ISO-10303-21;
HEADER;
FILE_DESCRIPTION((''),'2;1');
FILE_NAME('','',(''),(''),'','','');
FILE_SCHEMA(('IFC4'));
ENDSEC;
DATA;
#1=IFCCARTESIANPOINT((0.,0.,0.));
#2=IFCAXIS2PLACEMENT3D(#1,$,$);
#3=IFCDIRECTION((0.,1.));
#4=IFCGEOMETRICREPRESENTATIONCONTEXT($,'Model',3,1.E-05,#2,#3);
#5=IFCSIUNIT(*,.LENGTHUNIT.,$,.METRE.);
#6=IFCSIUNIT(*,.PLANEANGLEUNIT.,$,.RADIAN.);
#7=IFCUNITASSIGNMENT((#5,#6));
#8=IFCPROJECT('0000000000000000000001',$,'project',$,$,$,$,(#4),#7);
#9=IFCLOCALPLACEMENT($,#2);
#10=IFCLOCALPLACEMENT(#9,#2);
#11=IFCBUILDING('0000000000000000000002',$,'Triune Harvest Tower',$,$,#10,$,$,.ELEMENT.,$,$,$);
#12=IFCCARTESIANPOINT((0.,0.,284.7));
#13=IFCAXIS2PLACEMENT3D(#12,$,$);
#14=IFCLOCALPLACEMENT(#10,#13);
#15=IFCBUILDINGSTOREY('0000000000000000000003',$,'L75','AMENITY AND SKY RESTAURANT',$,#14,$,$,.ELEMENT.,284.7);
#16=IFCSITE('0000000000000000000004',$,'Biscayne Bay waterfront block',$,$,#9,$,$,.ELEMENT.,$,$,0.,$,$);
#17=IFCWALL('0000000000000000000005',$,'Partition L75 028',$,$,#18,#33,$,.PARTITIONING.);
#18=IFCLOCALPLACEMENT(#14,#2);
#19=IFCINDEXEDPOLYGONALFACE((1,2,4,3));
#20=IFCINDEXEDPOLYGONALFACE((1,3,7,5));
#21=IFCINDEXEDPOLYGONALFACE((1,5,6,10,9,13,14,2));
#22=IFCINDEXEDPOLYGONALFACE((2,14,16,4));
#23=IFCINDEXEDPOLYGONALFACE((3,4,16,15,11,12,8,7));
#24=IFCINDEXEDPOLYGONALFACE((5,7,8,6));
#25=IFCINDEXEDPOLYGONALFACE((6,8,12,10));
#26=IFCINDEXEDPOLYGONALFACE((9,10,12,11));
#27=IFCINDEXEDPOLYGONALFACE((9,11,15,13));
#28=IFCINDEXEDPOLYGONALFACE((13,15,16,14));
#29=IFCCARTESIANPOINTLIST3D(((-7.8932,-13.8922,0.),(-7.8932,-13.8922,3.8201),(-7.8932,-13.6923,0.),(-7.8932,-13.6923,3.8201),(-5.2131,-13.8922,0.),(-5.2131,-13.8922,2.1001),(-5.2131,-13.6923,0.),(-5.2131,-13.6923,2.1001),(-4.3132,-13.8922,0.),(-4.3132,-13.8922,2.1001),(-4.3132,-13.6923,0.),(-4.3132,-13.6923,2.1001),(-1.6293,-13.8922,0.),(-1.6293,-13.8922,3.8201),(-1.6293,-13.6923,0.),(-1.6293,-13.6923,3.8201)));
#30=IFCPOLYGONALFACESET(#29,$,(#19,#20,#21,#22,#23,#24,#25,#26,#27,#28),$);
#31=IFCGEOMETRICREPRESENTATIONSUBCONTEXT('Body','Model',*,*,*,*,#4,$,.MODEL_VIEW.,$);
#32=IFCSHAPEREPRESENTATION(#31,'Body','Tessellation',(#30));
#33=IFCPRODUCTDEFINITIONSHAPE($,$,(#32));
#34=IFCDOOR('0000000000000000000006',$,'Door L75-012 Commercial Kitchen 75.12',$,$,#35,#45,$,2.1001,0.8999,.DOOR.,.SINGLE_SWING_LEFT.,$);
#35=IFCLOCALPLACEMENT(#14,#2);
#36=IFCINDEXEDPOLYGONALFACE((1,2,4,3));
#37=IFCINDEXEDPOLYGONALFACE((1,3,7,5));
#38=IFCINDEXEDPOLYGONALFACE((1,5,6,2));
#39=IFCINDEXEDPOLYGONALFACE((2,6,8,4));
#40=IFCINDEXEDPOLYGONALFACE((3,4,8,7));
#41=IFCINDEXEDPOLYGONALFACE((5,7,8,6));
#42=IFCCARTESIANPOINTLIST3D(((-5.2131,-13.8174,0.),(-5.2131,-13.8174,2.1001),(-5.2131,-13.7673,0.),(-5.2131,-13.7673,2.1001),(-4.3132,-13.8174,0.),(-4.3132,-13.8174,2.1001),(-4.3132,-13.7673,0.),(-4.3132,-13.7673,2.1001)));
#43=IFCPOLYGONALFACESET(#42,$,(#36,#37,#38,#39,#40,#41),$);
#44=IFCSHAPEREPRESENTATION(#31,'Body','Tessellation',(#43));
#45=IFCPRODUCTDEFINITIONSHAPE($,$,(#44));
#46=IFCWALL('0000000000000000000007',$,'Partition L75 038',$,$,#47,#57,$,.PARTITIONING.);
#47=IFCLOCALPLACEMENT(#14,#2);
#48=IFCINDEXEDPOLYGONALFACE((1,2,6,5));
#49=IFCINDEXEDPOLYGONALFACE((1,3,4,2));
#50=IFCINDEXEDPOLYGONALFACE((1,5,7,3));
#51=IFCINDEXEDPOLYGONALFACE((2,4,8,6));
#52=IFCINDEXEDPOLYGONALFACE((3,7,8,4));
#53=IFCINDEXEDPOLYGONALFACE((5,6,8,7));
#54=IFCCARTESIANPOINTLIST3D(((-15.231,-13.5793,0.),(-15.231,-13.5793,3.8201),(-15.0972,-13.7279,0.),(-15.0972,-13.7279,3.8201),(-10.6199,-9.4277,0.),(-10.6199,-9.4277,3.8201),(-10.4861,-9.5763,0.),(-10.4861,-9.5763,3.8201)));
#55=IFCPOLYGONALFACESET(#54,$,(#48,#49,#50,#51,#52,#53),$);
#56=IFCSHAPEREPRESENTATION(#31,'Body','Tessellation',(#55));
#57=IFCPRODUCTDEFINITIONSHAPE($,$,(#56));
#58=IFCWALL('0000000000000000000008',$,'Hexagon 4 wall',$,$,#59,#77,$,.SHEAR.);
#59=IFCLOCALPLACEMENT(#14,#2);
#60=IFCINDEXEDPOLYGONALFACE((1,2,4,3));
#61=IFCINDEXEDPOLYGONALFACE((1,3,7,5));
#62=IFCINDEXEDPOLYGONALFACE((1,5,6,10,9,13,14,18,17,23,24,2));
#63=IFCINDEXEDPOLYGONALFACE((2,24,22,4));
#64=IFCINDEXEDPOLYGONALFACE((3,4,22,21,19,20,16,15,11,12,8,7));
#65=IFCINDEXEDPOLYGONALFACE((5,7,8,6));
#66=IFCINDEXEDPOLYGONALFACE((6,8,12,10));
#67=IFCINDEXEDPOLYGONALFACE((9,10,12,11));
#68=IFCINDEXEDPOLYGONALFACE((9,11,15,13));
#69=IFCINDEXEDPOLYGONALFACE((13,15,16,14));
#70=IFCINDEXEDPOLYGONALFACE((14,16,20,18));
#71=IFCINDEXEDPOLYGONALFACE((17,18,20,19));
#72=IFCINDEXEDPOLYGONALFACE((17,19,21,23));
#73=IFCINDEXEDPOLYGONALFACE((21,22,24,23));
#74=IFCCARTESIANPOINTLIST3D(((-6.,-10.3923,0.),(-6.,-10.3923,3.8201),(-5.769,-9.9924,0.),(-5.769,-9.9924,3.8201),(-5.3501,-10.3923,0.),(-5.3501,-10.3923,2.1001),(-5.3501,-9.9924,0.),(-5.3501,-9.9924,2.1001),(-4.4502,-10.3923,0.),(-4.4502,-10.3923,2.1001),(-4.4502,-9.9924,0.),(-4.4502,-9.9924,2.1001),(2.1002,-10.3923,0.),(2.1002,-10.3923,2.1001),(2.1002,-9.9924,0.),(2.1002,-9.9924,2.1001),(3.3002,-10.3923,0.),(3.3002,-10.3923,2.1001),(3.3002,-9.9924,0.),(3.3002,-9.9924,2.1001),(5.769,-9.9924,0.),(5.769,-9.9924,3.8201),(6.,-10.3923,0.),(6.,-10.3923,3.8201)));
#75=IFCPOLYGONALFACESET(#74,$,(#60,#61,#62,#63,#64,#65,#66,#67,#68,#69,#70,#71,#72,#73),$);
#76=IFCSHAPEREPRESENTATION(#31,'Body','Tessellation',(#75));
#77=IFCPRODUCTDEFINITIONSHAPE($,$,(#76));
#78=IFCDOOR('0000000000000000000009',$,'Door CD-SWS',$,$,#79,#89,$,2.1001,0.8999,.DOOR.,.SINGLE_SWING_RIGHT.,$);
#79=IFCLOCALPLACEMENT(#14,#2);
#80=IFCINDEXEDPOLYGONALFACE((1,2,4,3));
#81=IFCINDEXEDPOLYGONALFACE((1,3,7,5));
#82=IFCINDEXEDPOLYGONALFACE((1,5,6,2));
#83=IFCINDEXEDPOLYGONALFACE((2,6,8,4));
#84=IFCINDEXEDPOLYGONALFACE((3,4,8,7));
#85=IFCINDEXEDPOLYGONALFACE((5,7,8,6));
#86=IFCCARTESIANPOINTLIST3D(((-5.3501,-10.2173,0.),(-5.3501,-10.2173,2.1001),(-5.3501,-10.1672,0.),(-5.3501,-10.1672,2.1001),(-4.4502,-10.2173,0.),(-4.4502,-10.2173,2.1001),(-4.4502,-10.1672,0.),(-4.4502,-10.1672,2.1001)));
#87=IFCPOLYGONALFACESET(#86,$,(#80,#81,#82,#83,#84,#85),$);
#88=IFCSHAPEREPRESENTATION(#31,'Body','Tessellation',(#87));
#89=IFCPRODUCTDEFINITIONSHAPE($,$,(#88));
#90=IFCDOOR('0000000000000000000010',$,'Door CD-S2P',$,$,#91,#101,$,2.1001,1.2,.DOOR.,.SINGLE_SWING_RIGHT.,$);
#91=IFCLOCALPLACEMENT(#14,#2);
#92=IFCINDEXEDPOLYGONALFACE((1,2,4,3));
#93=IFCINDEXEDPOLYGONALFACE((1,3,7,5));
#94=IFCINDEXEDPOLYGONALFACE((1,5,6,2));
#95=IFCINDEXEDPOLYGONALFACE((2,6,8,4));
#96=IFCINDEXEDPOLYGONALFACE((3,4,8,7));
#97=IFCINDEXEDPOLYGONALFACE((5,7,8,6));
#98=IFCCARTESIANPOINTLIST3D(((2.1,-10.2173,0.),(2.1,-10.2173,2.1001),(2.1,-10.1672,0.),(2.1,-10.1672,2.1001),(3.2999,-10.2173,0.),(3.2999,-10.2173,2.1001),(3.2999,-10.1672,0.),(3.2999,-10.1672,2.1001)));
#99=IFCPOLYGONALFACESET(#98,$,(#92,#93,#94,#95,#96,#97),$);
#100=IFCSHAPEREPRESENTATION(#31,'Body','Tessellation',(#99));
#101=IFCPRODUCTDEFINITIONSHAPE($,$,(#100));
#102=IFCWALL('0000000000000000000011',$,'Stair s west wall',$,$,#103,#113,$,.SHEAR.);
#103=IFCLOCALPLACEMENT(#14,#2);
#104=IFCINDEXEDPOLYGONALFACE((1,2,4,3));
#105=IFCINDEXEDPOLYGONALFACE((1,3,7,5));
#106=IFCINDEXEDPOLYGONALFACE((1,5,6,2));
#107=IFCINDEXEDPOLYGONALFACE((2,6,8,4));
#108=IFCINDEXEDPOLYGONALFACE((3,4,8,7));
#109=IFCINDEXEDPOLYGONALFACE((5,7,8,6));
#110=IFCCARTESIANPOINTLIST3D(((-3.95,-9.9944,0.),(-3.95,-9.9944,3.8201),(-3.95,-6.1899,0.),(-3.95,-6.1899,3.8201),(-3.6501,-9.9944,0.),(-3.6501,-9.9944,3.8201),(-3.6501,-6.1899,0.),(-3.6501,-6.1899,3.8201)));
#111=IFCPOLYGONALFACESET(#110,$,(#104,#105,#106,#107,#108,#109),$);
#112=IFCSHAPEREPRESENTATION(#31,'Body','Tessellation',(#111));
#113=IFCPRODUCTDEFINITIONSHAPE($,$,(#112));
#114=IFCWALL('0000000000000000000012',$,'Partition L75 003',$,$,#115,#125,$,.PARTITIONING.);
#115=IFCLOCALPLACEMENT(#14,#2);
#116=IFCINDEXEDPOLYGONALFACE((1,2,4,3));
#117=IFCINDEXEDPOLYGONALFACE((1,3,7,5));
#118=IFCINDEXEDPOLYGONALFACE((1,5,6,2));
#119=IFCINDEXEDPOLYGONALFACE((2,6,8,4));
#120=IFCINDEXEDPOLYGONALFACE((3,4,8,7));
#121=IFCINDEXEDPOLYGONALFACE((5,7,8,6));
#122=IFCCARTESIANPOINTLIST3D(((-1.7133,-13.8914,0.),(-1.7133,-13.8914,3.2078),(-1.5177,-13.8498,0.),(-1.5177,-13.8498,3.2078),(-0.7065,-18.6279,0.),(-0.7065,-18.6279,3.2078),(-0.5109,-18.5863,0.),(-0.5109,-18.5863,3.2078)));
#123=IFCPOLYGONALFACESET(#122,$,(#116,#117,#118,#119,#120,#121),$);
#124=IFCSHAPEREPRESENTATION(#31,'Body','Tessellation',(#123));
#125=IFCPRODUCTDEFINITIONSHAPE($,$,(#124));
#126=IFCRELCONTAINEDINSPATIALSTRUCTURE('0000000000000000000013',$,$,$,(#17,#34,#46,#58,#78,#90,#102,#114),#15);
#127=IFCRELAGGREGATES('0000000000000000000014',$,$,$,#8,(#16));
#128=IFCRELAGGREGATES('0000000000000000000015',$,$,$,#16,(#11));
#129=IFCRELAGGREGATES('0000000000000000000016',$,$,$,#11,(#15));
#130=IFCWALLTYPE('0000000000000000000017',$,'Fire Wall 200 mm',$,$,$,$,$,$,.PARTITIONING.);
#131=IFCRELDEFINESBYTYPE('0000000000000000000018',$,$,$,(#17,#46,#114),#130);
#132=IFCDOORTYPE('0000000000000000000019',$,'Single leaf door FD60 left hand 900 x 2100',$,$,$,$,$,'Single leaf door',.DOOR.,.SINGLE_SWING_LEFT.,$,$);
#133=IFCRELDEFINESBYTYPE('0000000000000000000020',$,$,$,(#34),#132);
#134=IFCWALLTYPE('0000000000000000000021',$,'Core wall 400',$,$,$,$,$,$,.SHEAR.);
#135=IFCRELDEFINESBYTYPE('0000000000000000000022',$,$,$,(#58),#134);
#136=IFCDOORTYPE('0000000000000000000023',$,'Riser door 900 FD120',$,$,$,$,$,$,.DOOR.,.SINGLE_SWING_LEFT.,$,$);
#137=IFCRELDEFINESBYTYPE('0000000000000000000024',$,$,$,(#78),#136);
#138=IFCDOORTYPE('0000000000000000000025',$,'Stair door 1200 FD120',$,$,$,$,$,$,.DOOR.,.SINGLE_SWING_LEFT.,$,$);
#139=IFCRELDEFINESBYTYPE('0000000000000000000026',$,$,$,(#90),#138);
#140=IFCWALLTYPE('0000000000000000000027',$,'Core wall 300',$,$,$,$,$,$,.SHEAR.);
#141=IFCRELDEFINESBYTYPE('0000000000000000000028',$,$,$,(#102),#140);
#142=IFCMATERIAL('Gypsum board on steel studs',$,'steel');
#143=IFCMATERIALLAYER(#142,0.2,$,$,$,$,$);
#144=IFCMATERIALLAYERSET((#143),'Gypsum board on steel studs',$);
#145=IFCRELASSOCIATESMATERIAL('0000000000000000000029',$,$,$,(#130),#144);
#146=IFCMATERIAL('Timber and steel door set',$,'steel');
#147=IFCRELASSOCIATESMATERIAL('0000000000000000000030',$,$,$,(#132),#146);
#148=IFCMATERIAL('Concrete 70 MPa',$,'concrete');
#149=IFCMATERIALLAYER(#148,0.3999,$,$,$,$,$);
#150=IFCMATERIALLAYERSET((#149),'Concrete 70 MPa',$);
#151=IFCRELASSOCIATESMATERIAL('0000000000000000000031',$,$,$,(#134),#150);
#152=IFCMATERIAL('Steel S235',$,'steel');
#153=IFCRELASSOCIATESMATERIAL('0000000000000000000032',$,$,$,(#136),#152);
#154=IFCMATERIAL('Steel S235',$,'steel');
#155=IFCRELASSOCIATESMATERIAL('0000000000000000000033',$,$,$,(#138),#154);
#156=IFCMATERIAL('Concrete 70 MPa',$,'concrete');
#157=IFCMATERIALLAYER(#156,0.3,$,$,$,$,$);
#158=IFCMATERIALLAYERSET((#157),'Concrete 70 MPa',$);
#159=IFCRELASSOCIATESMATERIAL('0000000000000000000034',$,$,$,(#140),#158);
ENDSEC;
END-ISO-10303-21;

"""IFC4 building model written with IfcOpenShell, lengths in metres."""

from ifc_helpers import new_model, si_unit, direction, frame, frame_2d, origin, place, context, subcontext, project, spatial, polyline, rectangle, outline, extrude, source, transform, mapped, material, layer, layer_set, type_object, element, fill, save


model = new_model("IFC4")

# Units and contexts
model_context = context("Model", 3, precision=1e-05, world=origin(), true_north=direction((0.0, 1.0)))
body_context = subcontext(model_context, "Body", "Model", "MODEL_VIEW")
ifc_project = project(units=[si_unit("LENGTHUNIT", "METRE"), si_unit("PLANEANGLEUNIT", "RADIAN")], contexts=[model_context])

# Site, building, storey
site_placement = place(None, origin())
site = spatial("IfcSite", under=ifc_project, at=site_placement, Name="Biscayne Bay waterfront block", CompositionType="ELEMENT", RefElevation=0.0)
building_placement = place(site_placement, origin())
building = spatial("IfcBuilding", under=site, at=building_placement, Name="Triune Harvest Tower", CompositionType="ELEMENT")
storey_placement = place(building_placement, frame((0.0, 0.0, 284.7)))
storey = spatial("IfcBuildingStorey", under=building, at=storey_placement, Name="L75", Description="AMENITY AND SKY RESTAURANT", CompositionType="ELEMENT", Elevation=284.7)

# Shared definitions
ifc_material_1 = material(Name="Gypsum board on steel studs", Category="steel")
ifc_layer_1 = layer(ifc_material_1, 0.2)
ifc_layer_set_1 = layer_set([ifc_layer_1], Name="Gypsum board on steel studs")
wall_type_1 = type_object("IfcWallType", Name="Fire Wall 200 mm", PredefinedType="PARTITIONING", material=ifc_layer_set_1)

# Wall, opening, door
ifc_material_2 = material(Name="Timber and steel door set", Category="steel")
door_type_1 = type_object("IfcDoorType", Name="Single leaf door FD60 left hand 900 x 2100", ElementType="Single leaf door", OperationType="SINGLE_SWING_LEFT", PredefinedType="DOOR", material=ifc_material_2)
wall_1_placement = place(storey_placement, frame((-7.8931, -13.7922, 0.0), z_axis=(0.0, 0.0, 1.0), x_axis=(1.0, 0.0, 0.0)))
wall_1 = element("IfcWall", 1, at=wall_1_placement, inside=storey, type_object=wall_type_1, Name="Partition L75 028", PredefinedType="PARTITIONING", context=body_context, shape_type="SweptSolid", body=[
    extrude(rectangle(XDim=6.2639, YDim=0.2, at=frame_2d((3.1318, 0.0))), origin(), (0.0, 0.0, 1.0), 3.8201),
])
opening_1_placement = place(wall_1_placement, frame((2.6799, 0.0, 0.0)))
opening_1 = element("IfcOpeningElement", 2, at=opening_1_placement, cuts=wall_1, PredefinedType="OPENING", context=body_context, shape_type="SweptSolid", body=[
    extrude(rectangle(XDim=0.8999, YDim=2.1001, at=frame_2d((0.45, 1.05))), frame((0.0, 0.1099, 0.0), z_axis=(0.0, -1.0, 0.0), x_axis=(1.0, 0.0, 0.0)), (0.0, 0.0, 1.0), 0.22),
])
door_1_placement = place(opening_1_placement, origin())
door_1 = element("IfcDoor", 3, at=door_1_placement, inside=storey, type_object=door_type_1, Name="Door L75-012 Commercial Kitchen 75.12", OperationType="SINGLE_SWING_LEFT", OverallHeight=2.1001, OverallWidth=0.8999, PredefinedType="DOOR", context=body_context, shape_type="SweptSolid", body=[
    extrude(rectangle(XDim=0.8999, YDim=2.1001, at=frame_2d((0.45, 1.05))), frame((0.0, 0.0249, 0.0), z_axis=(0.0, -1.0, 0.0), x_axis=(1.0, 0.0, 0.0)), (0.0, 0.0, 1.0), 0.05),
])
fill(opening_1, door_1)

# Wall
wall_2_placement = place(storey_placement, frame((-15.1641, -13.6536, 0.0), z_axis=(0.0, 0.0, 1.0), x_axis=(0.743163, 0.66911, 0.0)))
element("IfcWall", 4, at=wall_2_placement, inside=storey, type_object=wall_type_1, Name="Partition L75 038", PredefinedType="PARTITIONING", context=body_context, shape_type="SweptSolid", body=[
    extrude(rectangle(XDim=6.2046, YDim=0.2, at=frame_2d((3.1023, 0.0))), origin(), (0.0, 0.0, 1.0), 3.8201),
])

# Wall, openings, doors
ifc_material_3 = material(Name="Concrete 70 MPa", Category="concrete")
ifc_layer_2 = layer(ifc_material_3, 0.3999)
ifc_layer_set_2 = layer_set([ifc_layer_2], Name="Concrete 70 MPa")
wall_type_2 = type_object("IfcWallType", Name="Core wall 400", PredefinedType="SHEAR", material=ifc_layer_set_2)
shared_shape_1 = source(origin(), body_context, "Body", "SweptSolid", [
    extrude(outline(polyline([(-0.1155, -0.2), (11.8845, -0.2), (11.6536, 0.2), (0.1155, 0.2), (-0.1155, -0.2)])), origin(), (0.0, 0.0, 1.0), 3.8201),
])
wall_3_placement = place(storey_placement, frame((-5.8845, -10.1924, 0.0), z_axis=(0.0, 0.0, 1.0), x_axis=(1.0, 0.0, 0.0)))
wall_3 = element("IfcWall", 5, at=wall_3_placement, inside=storey, type_object=wall_type_2, Name="Hexagon 4 wall", PredefinedType="SHEAR", context=body_context, shape_type="MappedRepresentation", body=[
    mapped(shared_shape_1, transform((0.0, 0.0, 0.0), scale=1.0)),
])
opening_2_placement = place(wall_3_placement, frame((7.9846, 0.0, 0.0)))
opening_2 = element("IfcOpeningElement", 6, at=opening_2_placement, cuts=wall_3, PredefinedType="OPENING", context=body_context, shape_type="SweptSolid", body=[
    extrude(rectangle(XDim=1.2, YDim=2.1001, at=frame_2d((0.6001, 1.05))), frame((0.0, 0.21, 0.0), z_axis=(0.0, -1.0, 0.0), x_axis=(1.0, 0.0, 0.0)), (0.0, 0.0, 1.0), 0.4199),
])
opening_3_placement = place(wall_3_placement, frame((0.5344, 0.0, 0.0)))
opening_3 = element("IfcOpeningElement", 7, at=opening_3_placement, cuts=wall_3, PredefinedType="OPENING", context=body_context, shape_type="SweptSolid", body=[
    extrude(rectangle(XDim=0.8999, YDim=2.1001, at=frame_2d((0.45, 1.05))), frame((0.0, 0.21, 0.0), z_axis=(0.0, -1.0, 0.0), x_axis=(1.0, 0.0, 0.0)), (0.0, 0.0, 1.0), 0.4199),
])
ifc_material_4 = material(Name="Steel S235", Category="steel")
door_type_2 = type_object("IfcDoorType", Name="Riser door 900 FD120", OperationType="SINGLE_SWING_LEFT", PredefinedType="DOOR", material=ifc_material_4)
door_2_placement = place(opening_3_placement, frame((0.8999, 0.0, 0.0), z_axis=(0.0, 0.0, 1.0), x_axis=(-1.0, 0.0, 0.0)))
door_2 = element("IfcDoor", 8, at=door_2_placement, inside=storey, type_object=door_type_2, Name="Door CD-SWS", OperationType="SINGLE_SWING_RIGHT", OverallHeight=2.1001, OverallWidth=0.8999, PredefinedType="DOOR", context=body_context, shape_type="SweptSolid", body=[
    extrude(rectangle(XDim=0.8999, YDim=2.1001, at=frame_2d((0.45, 1.05))), frame((0.0, 0.0249, 0.0), z_axis=(0.0, -1.0, 0.0), x_axis=(1.0, 0.0, 0.0)), (0.0, 0.0, 1.0), 0.05),
])
fill(opening_3, door_2)
ifc_material_5 = material(Name="Steel S235", Category="steel")
door_type_3 = type_object("IfcDoorType", Name="Stair door 1200 FD120", OperationType="SINGLE_SWING_LEFT", PredefinedType="DOOR", material=ifc_material_5)
door_3_placement = place(opening_2_placement, frame((1.2, 0.0, 0.0), z_axis=(0.0, 0.0, 1.0), x_axis=(-1.0, 0.0, 0.0)))
door_3 = element("IfcDoor", 9, at=door_3_placement, inside=storey, type_object=door_type_3, Name="Door CD-S2P", OperationType="SINGLE_SWING_RIGHT", OverallHeight=2.1001, OverallWidth=1.2, PredefinedType="DOOR", context=body_context, shape_type="SweptSolid", body=[
    extrude(rectangle(XDim=1.2, YDim=2.1001, at=frame_2d((0.6001, 1.05))), frame((0.0, 0.0249, 0.0), z_axis=(0.0, -1.0, 0.0), x_axis=(1.0, 0.0, 0.0)), (0.0, 0.0, 1.0), 0.05),
])
fill(opening_2, door_3)

# Walls
ifc_material_6 = material(Name="Concrete 70 MPa", Category="concrete")
ifc_layer_3 = layer(ifc_material_6, 0.3)
ifc_layer_set_3 = layer_set([ifc_layer_3], Name="Concrete 70 MPa")
wall_type_3 = type_object("IfcWallType", Name="Core wall 300", PredefinedType="SHEAR", material=ifc_layer_set_3)
shared_shape_2 = source(origin(), body_context, "Body", "SweptSolid", [
    extrude(outline(polyline([(3.8, -0.1499), (-0.0044, -0.1499), (-0.0044, 0.1499), (3.8, 0.1499), (3.8, -0.1499)])), origin(), (0.0, 0.0, 1.0), 3.8201),
])
wall_4_placement = place(storey_placement, frame((-3.8, -9.99, 0.0), z_axis=(0.0, 0.0, 1.0), x_axis=(0.0, 1.0, 0.0)))
element("IfcWall", 10, at=wall_4_placement, inside=storey, type_object=wall_type_3, Name="Stair s west wall", PredefinedType="SHEAR", context=body_context, shape_type="MappedRepresentation", body=[
    mapped(shared_shape_2, transform((0.0, 0.0, 0.0), scale=1.0)),
])
shared_shape_3 = source(origin(), body_context, "Body", "SweptSolid", [
    extrude(rectangle(XDim=4.8423, YDim=0.2, at=frame_2d((2.4211, 0.0))), origin(), (0.0, 0.0, 1.0), 3.2078),
])
wall_5_placement = place(storey_placement, frame((-1.6155, -13.8706, 0.0), z_axis=(0.0, 0.0, 1.0), x_axis=(0.207921, -0.978146, 0.0)))
element("IfcWall", 11, at=wall_5_placement, inside=storey, type_object=wall_type_1, Name="Partition L75 003", PredefinedType="PARTITIONING", context=body_context, shape_type="MappedRepresentation", body=[
    mapped(shared_shape_3, transform((0.0, 0.0, 0.0), scale=1.0)),
])

save(model, "model.ifc")
